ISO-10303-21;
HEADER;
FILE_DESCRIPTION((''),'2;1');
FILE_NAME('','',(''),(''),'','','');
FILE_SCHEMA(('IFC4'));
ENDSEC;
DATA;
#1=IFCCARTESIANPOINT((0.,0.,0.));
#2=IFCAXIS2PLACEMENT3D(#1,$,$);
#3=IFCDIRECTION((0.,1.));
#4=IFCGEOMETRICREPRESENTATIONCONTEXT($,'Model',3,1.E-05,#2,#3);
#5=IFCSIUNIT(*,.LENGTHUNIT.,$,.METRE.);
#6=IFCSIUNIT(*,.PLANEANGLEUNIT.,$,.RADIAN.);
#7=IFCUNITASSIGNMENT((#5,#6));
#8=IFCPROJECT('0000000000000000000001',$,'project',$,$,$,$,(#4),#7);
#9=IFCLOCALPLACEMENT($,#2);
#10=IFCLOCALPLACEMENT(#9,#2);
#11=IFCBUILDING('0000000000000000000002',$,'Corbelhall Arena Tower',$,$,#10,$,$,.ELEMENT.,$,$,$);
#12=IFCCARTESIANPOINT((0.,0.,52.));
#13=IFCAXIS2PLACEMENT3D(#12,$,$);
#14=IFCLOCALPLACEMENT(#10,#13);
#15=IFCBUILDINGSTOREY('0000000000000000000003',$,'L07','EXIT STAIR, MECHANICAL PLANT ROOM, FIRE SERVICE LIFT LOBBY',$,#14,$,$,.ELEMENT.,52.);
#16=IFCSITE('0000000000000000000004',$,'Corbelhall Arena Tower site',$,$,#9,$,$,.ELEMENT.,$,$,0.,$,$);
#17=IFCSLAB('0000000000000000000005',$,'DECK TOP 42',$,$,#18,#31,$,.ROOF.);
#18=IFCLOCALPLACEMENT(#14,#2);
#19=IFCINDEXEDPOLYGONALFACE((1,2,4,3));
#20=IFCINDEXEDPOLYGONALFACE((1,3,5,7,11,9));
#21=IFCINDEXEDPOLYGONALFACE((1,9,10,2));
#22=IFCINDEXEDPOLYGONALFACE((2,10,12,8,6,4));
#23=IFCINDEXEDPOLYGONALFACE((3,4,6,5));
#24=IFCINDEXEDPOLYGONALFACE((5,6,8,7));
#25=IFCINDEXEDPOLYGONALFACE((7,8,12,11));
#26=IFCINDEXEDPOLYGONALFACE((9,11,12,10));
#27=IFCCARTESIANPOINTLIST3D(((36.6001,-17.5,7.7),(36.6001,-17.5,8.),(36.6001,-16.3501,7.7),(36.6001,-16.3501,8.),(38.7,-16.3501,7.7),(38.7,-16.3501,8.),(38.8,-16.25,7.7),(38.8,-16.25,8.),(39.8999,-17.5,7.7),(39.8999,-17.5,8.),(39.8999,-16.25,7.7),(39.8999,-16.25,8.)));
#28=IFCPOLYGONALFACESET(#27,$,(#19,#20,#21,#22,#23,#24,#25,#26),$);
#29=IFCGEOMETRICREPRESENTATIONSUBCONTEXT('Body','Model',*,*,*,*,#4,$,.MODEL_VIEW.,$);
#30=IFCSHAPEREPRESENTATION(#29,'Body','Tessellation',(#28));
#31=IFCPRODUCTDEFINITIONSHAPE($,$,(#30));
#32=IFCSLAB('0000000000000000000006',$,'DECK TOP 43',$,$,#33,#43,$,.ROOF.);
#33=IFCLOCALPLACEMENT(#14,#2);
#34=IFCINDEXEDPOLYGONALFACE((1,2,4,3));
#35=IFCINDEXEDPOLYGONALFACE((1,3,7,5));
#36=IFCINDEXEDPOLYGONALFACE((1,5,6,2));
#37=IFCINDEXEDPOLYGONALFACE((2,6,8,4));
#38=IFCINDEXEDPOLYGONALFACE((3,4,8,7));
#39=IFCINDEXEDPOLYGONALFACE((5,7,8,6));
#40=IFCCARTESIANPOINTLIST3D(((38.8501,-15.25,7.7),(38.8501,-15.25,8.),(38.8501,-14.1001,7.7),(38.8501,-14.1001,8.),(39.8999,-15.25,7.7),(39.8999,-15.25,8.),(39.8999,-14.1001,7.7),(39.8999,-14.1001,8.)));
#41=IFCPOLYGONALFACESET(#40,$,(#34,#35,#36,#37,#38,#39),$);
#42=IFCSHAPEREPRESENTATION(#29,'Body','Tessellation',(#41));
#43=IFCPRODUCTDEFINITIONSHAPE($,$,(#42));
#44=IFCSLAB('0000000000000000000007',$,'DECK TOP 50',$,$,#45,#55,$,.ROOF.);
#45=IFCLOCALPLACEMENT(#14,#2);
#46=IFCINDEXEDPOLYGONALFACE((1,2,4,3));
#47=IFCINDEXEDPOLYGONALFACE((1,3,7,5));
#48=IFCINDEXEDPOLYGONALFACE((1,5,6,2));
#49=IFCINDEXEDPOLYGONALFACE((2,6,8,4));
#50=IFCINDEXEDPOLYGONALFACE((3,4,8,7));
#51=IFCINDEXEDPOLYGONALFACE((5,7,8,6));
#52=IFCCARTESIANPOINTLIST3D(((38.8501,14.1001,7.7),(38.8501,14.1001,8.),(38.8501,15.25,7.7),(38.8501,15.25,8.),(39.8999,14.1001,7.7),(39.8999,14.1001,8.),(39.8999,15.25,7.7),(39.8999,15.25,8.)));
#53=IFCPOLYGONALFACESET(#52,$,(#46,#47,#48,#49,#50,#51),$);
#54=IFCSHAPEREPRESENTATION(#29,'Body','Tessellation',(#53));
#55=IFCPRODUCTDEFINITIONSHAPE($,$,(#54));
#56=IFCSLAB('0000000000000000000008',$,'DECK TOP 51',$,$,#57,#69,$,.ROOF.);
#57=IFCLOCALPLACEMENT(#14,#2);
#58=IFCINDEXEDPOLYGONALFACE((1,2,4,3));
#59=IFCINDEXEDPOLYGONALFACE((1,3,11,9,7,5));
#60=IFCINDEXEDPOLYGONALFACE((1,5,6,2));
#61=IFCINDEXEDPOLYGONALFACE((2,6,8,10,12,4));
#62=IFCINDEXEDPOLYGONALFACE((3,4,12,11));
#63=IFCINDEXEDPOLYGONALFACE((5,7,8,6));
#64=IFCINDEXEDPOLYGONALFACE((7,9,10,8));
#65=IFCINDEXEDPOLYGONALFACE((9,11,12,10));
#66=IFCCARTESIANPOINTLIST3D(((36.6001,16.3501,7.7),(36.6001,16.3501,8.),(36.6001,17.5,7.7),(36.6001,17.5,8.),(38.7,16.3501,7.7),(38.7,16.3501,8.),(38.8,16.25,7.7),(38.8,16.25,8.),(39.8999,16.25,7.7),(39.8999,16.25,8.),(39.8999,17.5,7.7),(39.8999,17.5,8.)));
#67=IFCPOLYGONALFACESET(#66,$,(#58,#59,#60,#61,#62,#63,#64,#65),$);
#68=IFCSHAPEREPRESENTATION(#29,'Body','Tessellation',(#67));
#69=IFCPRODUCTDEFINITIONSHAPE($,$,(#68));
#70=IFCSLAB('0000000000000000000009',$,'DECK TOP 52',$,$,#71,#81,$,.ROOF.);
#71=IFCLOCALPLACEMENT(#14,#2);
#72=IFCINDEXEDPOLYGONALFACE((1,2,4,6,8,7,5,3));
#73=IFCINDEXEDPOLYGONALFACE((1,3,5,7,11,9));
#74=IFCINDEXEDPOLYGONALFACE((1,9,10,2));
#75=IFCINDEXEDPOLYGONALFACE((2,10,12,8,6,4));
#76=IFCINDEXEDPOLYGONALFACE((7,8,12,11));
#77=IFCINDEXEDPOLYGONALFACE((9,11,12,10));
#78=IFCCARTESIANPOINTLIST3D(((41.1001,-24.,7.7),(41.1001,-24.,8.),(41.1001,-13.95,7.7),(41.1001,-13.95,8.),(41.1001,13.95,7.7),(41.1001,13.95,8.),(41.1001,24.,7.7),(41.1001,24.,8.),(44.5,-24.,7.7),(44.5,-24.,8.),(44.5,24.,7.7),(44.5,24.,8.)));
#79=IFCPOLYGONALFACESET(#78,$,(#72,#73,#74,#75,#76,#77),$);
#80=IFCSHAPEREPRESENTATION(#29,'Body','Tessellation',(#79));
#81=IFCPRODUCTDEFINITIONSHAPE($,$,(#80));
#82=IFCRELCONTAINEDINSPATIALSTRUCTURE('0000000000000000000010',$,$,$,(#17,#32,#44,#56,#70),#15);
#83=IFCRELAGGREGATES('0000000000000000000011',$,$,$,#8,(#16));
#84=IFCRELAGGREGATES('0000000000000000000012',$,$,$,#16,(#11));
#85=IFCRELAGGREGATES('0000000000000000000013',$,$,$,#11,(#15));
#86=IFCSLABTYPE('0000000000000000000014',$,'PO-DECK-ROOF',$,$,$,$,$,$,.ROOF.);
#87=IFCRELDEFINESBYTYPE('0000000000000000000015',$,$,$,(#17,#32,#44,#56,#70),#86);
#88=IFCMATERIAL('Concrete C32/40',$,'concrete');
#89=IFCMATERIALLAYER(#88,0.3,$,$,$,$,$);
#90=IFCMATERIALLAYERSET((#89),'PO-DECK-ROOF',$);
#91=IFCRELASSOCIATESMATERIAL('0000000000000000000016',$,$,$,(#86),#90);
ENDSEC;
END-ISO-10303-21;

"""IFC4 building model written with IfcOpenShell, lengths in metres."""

from ifc_helpers import new_model, si_unit, direction, frame, origin, place, context, subcontext, project, spatial, polyline, outline, extrude, material, layer, layer_set, type_object, element, save


model = new_model("IFC4")

# Units and contexts
model_context = context("Model", 3, precision=1e-05, world=origin(), true_north=direction((0.0, 1.0)))
body_context = subcontext(model_context, "Body", "Model", "MODEL_VIEW")
ifc_project = project(units=[si_unit("LENGTHUNIT", "METRE"), si_unit("PLANEANGLEUNIT", "RADIAN")], contexts=[model_context])

# Site, building, storey
site_placement = place(None, origin())
site = spatial("IfcSite", under=ifc_project, at=site_placement, Name="Corbelhall Arena Tower site", CompositionType="ELEMENT", RefElevation=0.0)
building_placement = place(site_placement, origin())
building = spatial("IfcBuilding", under=site, at=building_placement, Name="Corbelhall Arena Tower", CompositionType="ELEMENT")
storey_placement = place(building_placement, frame((0.0, 0.0, 52.0)))
storey = spatial("IfcBuildingStorey", under=building, at=storey_placement, Name="L07", Description="EXIT STAIR, MECHANICAL PLANT ROOM, FIRE SERVICE LIFT LOBBY", CompositionType="ELEMENT", Elevation=52.0)

# Slabs
ifc_material_1 = material(Name="Concrete C32/40", Category="concrete")
ifc_layer_1 = layer(ifc_material_1, 0.3)
ifc_layer_set_1 = layer_set([ifc_layer_1], Name="PO-DECK-ROOF")
slab_type_1 = type_object("IfcSlabType", Name="PO-DECK-ROOF", PredefinedType="ROOF", material=ifc_layer_set_1)
slab_1_placement = place(storey_placement, frame((0.0, 0.0, 7.7)))
element("IfcSlab", 1, at=slab_1_placement, inside=storey, type_object=slab_type_1, Name="DECK TOP 42", PredefinedType="ROOF", context=body_context, shape_type="SweptSolid", body=[
    extrude(outline(polyline([(36.6001, -17.5), (36.6001, -16.3501), (38.7, -16.3501), (38.8, -16.25), (39.8999, -16.25), (39.8999, -17.5), (36.6001, -17.5)])), origin(), (0.0, 0.0, 1.0), 0.3),
])
slab_2_placement = place(storey_placement, frame((0.0, 0.0, 7.7)))
element("IfcSlab", 2, at=slab_2_placement, inside=storey, type_object=slab_type_1, Name="DECK TOP 43", PredefinedType="ROOF", context=body_context, shape_type="SweptSolid", body=[
    extrude(outline(polyline([(39.8999, -15.25), (38.8501, -15.25), (38.8501, -14.1001), (39.8999, -14.1001), (39.8999, -15.25)])), origin(), (0.0, 0.0, 1.0), 0.3),
])
slab_3_placement = place(storey_placement, frame((0.0, 0.0, 7.7)))
element("IfcSlab", 3, at=slab_3_placement, inside=storey, type_object=slab_type_1, Name="DECK TOP 50", PredefinedType="ROOF", context=body_context, shape_type="SweptSolid", body=[
    extrude(outline(polyline([(39.8999, 15.25), (39.8999, 14.1001), (38.8501, 14.1001), (38.8501, 15.25), (39.8999, 15.25)])), origin(), (0.0, 0.0, 1.0), 0.3),
])
slab_4_placement = place(storey_placement, frame((0.0, 0.0, 7.7)))
element("IfcSlab", 4, at=slab_4_placement, inside=storey, type_object=slab_type_1, Name="DECK TOP 51", PredefinedType="ROOF", context=body_context, shape_type="SweptSolid", body=[
    extrude(outline(polyline([(38.8, 16.25), (38.7, 16.3501), (36.6001, 16.3501), (36.6001, 17.5), (39.8999, 17.5), (39.8999, 16.25), (38.8, 16.25)])), origin(), (0.0, 0.0, 1.0), 0.3),
])
slab_5_placement = place(storey_placement, frame((0.0, 0.0, 7.7)))
element("IfcSlab", 5, at=slab_5_placement, inside=storey, type_object=slab_type_1, Name="DECK TOP 52", PredefinedType="ROOF", context=body_context, shape_type="SweptSolid", body=[
    extrude(outline(polyline([(41.1001, -24.0), (41.1001, -13.95), (41.1001, 13.95), (41.1001, 24.0), (44.5, 24.0), (44.5, -24.0), (41.1001, -24.0)])), origin(), (0.0, 0.0, 1.0), 0.3),
])

save(model, "model.ifc")
